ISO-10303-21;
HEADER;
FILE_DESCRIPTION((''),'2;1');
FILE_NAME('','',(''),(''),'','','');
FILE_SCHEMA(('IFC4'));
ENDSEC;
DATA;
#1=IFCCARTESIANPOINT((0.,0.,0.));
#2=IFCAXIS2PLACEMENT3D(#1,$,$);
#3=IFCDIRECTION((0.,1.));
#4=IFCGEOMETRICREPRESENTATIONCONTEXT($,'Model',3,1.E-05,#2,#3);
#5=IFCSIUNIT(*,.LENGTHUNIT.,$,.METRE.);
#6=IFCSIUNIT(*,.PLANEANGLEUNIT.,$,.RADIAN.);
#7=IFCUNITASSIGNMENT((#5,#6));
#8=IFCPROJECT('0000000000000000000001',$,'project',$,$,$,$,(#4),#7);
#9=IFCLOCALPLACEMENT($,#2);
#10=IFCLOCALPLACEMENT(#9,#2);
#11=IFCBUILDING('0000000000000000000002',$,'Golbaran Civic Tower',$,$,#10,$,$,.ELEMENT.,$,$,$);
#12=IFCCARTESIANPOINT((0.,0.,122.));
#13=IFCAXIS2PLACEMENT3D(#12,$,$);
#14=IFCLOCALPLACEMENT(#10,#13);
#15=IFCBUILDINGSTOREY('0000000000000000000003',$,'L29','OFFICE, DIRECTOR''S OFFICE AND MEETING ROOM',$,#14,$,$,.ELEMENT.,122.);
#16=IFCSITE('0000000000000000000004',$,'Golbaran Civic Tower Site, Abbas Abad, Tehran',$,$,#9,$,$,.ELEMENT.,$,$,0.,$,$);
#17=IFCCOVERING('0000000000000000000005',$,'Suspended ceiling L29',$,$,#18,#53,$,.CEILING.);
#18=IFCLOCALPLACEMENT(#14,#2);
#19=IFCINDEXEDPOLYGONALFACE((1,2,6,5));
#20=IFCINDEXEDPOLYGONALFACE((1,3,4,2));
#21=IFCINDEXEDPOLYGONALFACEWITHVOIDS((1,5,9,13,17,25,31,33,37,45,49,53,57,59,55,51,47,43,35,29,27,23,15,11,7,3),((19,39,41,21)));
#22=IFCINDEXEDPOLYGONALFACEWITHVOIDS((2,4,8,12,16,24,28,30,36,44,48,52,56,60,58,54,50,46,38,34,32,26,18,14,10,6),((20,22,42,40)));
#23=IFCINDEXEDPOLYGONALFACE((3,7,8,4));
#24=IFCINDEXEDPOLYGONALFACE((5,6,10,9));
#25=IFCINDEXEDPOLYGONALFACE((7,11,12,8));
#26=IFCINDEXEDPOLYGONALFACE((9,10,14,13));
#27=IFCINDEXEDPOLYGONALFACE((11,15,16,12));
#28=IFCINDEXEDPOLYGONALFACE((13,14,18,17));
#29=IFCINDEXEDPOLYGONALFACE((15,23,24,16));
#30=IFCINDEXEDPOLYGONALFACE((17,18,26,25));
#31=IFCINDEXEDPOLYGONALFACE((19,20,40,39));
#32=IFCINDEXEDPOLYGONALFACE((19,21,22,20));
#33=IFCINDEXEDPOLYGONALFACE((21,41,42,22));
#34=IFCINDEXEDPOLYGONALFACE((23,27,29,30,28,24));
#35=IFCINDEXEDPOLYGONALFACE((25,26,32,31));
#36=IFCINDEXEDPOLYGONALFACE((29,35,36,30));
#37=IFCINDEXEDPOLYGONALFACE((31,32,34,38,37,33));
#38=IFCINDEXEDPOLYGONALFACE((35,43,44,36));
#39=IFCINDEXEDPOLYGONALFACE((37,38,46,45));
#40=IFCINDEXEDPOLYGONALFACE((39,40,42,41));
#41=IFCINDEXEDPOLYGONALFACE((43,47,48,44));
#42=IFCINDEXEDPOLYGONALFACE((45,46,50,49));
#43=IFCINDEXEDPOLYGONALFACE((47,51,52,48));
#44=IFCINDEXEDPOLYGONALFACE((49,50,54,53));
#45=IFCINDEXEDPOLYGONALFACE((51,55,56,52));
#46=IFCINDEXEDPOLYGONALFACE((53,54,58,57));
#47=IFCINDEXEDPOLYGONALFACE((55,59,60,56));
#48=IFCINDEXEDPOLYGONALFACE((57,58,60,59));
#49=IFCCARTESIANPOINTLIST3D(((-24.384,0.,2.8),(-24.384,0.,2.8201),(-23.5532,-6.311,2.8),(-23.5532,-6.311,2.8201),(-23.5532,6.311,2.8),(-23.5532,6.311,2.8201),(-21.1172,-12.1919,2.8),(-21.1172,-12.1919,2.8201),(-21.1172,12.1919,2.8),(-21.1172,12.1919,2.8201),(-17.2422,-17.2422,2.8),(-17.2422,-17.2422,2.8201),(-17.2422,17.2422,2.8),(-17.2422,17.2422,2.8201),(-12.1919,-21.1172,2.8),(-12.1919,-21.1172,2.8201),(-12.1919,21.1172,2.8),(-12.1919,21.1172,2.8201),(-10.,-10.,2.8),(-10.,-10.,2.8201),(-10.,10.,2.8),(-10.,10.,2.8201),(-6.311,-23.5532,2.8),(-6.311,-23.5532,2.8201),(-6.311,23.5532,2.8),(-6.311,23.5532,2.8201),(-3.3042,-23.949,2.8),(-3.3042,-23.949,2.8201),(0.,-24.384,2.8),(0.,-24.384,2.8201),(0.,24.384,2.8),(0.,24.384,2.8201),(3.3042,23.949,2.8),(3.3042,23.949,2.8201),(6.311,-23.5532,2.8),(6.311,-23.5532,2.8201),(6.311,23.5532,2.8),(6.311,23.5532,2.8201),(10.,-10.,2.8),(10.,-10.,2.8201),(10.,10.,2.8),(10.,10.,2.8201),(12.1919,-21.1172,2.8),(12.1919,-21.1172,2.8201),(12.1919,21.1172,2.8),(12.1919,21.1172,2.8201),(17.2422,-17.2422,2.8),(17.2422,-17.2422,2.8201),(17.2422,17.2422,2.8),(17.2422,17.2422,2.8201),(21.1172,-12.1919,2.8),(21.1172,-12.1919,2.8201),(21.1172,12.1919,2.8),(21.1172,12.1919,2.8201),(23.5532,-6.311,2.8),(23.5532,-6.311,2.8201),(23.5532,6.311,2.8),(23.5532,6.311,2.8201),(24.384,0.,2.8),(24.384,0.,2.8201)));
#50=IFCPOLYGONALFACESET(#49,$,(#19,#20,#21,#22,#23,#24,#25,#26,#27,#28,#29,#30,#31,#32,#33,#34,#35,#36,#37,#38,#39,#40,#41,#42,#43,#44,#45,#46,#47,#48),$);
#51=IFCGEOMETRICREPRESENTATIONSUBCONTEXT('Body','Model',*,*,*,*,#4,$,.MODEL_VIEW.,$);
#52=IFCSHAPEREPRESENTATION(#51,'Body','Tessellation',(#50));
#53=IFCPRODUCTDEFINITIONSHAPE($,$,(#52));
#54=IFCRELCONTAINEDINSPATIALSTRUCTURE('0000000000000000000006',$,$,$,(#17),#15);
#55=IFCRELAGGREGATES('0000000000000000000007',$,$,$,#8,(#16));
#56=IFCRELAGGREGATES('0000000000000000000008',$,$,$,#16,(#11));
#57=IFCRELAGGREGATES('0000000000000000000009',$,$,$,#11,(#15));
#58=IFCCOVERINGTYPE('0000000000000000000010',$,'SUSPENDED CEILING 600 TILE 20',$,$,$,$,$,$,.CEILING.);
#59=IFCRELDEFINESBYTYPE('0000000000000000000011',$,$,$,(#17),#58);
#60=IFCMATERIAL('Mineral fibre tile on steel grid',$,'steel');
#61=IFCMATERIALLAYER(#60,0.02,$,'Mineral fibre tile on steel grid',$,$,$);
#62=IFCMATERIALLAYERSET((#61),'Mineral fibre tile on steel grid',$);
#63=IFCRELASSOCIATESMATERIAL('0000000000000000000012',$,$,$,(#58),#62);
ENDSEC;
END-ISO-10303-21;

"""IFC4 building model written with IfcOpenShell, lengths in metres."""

from ifc_helpers import new_model, si_unit, direction, frame, origin, place, context, subcontext, project, spatial, polyline, outline, extrude, material, layer, layer_set, type_object, element, save


model = new_model("IFC4")

# Units and contexts
model_context = context("Model", 3, precision=1e-05, world=origin(), true_north=direction((0.0, 1.0)))
body_context = subcontext(model_context, "Body", "Model", "MODEL_VIEW")
ifc_project = project(units=[si_unit("LENGTHUNIT", "METRE"), si_unit("PLANEANGLEUNIT", "RADIAN")], contexts=[model_context])

# Site, building, storey
site_placement = place(None, origin())
site = spatial("IfcSite", under=ifc_project, at=site_placement, Name="Golbaran Civic Tower Site, Abbas Abad, Tehran", CompositionType="ELEMENT", RefElevation=0.0)
building_placement = place(site_placement, origin())
building = spatial("IfcBuilding", under=site, at=building_placement, Name="Golbaran Civic Tower", CompositionType="ELEMENT")
storey_placement = place(building_placement, frame((0.0, 0.0, 122.0)))
storey = spatial("IfcBuildingStorey", under=building, at=storey_placement, Name="L29", Description="OFFICE, DIRECTOR'S OFFICE AND MEETING ROOM", CompositionType="ELEMENT", Elevation=122.0)

# Covering
ifc_material_1 = material(Name="Mineral fibre tile on steel grid", Category="steel")
ifc_layer_1 = layer(ifc_material_1, 0.02, Name="Mineral fibre tile on steel grid")
ifc_layer_set_1 = layer_set([ifc_layer_1], Name="Mineral fibre tile on steel grid")
covering_type = type_object("IfcCoveringType", Name="SUSPENDED CEILING 600 TILE 20", PredefinedType="CEILING", material=ifc_layer_set_1)
covering_placement = place(storey_placement, frame((0.0, 0.0, 2.8)))
element("IfcCovering", 1, at=covering_placement, inside=storey, type_object=covering_type, Name="Suspended ceiling L29", PredefinedType="CEILING", context=body_context, shape_type="SweptSolid", body=[
    extrude(outline(polyline([(-24.384, 0.0), (-23.5532, 6.311), (-21.1172, 12.1919), (-17.2422, 17.2422), (-12.1919, 21.1172), (-6.311, 23.5532), (0.0, 24.384), (3.3042, 23.949), (6.311, 23.5532), (12.1919, 21.1172), (17.2422, 17.2422), (21.1172, 12.1919), (23.5532, 6.311), (24.384, 0.0), (23.5532, -6.311), (21.1172, -12.1919), (17.2422, -17.2422), (12.1919, -21.1172), (6.311, -23.5532), (0.0, -24.384), (-3.3042, -23.949), (-6.311, -23.5532), (-12.1919, -21.1172), (-17.2422, -17.2422), (-21.1172, -12.1919), (-23.5532, -6.311), (-24.384, 0.0)]), holes=[polyline([(10.0, 10.0), (-10.0, 10.0), (-10.0, -10.0), (10.0, -10.0), (10.0, 10.0)])]), origin(), (0.0, 0.0, 1.0), 0.02),
])

save(model, "model.ifc")
